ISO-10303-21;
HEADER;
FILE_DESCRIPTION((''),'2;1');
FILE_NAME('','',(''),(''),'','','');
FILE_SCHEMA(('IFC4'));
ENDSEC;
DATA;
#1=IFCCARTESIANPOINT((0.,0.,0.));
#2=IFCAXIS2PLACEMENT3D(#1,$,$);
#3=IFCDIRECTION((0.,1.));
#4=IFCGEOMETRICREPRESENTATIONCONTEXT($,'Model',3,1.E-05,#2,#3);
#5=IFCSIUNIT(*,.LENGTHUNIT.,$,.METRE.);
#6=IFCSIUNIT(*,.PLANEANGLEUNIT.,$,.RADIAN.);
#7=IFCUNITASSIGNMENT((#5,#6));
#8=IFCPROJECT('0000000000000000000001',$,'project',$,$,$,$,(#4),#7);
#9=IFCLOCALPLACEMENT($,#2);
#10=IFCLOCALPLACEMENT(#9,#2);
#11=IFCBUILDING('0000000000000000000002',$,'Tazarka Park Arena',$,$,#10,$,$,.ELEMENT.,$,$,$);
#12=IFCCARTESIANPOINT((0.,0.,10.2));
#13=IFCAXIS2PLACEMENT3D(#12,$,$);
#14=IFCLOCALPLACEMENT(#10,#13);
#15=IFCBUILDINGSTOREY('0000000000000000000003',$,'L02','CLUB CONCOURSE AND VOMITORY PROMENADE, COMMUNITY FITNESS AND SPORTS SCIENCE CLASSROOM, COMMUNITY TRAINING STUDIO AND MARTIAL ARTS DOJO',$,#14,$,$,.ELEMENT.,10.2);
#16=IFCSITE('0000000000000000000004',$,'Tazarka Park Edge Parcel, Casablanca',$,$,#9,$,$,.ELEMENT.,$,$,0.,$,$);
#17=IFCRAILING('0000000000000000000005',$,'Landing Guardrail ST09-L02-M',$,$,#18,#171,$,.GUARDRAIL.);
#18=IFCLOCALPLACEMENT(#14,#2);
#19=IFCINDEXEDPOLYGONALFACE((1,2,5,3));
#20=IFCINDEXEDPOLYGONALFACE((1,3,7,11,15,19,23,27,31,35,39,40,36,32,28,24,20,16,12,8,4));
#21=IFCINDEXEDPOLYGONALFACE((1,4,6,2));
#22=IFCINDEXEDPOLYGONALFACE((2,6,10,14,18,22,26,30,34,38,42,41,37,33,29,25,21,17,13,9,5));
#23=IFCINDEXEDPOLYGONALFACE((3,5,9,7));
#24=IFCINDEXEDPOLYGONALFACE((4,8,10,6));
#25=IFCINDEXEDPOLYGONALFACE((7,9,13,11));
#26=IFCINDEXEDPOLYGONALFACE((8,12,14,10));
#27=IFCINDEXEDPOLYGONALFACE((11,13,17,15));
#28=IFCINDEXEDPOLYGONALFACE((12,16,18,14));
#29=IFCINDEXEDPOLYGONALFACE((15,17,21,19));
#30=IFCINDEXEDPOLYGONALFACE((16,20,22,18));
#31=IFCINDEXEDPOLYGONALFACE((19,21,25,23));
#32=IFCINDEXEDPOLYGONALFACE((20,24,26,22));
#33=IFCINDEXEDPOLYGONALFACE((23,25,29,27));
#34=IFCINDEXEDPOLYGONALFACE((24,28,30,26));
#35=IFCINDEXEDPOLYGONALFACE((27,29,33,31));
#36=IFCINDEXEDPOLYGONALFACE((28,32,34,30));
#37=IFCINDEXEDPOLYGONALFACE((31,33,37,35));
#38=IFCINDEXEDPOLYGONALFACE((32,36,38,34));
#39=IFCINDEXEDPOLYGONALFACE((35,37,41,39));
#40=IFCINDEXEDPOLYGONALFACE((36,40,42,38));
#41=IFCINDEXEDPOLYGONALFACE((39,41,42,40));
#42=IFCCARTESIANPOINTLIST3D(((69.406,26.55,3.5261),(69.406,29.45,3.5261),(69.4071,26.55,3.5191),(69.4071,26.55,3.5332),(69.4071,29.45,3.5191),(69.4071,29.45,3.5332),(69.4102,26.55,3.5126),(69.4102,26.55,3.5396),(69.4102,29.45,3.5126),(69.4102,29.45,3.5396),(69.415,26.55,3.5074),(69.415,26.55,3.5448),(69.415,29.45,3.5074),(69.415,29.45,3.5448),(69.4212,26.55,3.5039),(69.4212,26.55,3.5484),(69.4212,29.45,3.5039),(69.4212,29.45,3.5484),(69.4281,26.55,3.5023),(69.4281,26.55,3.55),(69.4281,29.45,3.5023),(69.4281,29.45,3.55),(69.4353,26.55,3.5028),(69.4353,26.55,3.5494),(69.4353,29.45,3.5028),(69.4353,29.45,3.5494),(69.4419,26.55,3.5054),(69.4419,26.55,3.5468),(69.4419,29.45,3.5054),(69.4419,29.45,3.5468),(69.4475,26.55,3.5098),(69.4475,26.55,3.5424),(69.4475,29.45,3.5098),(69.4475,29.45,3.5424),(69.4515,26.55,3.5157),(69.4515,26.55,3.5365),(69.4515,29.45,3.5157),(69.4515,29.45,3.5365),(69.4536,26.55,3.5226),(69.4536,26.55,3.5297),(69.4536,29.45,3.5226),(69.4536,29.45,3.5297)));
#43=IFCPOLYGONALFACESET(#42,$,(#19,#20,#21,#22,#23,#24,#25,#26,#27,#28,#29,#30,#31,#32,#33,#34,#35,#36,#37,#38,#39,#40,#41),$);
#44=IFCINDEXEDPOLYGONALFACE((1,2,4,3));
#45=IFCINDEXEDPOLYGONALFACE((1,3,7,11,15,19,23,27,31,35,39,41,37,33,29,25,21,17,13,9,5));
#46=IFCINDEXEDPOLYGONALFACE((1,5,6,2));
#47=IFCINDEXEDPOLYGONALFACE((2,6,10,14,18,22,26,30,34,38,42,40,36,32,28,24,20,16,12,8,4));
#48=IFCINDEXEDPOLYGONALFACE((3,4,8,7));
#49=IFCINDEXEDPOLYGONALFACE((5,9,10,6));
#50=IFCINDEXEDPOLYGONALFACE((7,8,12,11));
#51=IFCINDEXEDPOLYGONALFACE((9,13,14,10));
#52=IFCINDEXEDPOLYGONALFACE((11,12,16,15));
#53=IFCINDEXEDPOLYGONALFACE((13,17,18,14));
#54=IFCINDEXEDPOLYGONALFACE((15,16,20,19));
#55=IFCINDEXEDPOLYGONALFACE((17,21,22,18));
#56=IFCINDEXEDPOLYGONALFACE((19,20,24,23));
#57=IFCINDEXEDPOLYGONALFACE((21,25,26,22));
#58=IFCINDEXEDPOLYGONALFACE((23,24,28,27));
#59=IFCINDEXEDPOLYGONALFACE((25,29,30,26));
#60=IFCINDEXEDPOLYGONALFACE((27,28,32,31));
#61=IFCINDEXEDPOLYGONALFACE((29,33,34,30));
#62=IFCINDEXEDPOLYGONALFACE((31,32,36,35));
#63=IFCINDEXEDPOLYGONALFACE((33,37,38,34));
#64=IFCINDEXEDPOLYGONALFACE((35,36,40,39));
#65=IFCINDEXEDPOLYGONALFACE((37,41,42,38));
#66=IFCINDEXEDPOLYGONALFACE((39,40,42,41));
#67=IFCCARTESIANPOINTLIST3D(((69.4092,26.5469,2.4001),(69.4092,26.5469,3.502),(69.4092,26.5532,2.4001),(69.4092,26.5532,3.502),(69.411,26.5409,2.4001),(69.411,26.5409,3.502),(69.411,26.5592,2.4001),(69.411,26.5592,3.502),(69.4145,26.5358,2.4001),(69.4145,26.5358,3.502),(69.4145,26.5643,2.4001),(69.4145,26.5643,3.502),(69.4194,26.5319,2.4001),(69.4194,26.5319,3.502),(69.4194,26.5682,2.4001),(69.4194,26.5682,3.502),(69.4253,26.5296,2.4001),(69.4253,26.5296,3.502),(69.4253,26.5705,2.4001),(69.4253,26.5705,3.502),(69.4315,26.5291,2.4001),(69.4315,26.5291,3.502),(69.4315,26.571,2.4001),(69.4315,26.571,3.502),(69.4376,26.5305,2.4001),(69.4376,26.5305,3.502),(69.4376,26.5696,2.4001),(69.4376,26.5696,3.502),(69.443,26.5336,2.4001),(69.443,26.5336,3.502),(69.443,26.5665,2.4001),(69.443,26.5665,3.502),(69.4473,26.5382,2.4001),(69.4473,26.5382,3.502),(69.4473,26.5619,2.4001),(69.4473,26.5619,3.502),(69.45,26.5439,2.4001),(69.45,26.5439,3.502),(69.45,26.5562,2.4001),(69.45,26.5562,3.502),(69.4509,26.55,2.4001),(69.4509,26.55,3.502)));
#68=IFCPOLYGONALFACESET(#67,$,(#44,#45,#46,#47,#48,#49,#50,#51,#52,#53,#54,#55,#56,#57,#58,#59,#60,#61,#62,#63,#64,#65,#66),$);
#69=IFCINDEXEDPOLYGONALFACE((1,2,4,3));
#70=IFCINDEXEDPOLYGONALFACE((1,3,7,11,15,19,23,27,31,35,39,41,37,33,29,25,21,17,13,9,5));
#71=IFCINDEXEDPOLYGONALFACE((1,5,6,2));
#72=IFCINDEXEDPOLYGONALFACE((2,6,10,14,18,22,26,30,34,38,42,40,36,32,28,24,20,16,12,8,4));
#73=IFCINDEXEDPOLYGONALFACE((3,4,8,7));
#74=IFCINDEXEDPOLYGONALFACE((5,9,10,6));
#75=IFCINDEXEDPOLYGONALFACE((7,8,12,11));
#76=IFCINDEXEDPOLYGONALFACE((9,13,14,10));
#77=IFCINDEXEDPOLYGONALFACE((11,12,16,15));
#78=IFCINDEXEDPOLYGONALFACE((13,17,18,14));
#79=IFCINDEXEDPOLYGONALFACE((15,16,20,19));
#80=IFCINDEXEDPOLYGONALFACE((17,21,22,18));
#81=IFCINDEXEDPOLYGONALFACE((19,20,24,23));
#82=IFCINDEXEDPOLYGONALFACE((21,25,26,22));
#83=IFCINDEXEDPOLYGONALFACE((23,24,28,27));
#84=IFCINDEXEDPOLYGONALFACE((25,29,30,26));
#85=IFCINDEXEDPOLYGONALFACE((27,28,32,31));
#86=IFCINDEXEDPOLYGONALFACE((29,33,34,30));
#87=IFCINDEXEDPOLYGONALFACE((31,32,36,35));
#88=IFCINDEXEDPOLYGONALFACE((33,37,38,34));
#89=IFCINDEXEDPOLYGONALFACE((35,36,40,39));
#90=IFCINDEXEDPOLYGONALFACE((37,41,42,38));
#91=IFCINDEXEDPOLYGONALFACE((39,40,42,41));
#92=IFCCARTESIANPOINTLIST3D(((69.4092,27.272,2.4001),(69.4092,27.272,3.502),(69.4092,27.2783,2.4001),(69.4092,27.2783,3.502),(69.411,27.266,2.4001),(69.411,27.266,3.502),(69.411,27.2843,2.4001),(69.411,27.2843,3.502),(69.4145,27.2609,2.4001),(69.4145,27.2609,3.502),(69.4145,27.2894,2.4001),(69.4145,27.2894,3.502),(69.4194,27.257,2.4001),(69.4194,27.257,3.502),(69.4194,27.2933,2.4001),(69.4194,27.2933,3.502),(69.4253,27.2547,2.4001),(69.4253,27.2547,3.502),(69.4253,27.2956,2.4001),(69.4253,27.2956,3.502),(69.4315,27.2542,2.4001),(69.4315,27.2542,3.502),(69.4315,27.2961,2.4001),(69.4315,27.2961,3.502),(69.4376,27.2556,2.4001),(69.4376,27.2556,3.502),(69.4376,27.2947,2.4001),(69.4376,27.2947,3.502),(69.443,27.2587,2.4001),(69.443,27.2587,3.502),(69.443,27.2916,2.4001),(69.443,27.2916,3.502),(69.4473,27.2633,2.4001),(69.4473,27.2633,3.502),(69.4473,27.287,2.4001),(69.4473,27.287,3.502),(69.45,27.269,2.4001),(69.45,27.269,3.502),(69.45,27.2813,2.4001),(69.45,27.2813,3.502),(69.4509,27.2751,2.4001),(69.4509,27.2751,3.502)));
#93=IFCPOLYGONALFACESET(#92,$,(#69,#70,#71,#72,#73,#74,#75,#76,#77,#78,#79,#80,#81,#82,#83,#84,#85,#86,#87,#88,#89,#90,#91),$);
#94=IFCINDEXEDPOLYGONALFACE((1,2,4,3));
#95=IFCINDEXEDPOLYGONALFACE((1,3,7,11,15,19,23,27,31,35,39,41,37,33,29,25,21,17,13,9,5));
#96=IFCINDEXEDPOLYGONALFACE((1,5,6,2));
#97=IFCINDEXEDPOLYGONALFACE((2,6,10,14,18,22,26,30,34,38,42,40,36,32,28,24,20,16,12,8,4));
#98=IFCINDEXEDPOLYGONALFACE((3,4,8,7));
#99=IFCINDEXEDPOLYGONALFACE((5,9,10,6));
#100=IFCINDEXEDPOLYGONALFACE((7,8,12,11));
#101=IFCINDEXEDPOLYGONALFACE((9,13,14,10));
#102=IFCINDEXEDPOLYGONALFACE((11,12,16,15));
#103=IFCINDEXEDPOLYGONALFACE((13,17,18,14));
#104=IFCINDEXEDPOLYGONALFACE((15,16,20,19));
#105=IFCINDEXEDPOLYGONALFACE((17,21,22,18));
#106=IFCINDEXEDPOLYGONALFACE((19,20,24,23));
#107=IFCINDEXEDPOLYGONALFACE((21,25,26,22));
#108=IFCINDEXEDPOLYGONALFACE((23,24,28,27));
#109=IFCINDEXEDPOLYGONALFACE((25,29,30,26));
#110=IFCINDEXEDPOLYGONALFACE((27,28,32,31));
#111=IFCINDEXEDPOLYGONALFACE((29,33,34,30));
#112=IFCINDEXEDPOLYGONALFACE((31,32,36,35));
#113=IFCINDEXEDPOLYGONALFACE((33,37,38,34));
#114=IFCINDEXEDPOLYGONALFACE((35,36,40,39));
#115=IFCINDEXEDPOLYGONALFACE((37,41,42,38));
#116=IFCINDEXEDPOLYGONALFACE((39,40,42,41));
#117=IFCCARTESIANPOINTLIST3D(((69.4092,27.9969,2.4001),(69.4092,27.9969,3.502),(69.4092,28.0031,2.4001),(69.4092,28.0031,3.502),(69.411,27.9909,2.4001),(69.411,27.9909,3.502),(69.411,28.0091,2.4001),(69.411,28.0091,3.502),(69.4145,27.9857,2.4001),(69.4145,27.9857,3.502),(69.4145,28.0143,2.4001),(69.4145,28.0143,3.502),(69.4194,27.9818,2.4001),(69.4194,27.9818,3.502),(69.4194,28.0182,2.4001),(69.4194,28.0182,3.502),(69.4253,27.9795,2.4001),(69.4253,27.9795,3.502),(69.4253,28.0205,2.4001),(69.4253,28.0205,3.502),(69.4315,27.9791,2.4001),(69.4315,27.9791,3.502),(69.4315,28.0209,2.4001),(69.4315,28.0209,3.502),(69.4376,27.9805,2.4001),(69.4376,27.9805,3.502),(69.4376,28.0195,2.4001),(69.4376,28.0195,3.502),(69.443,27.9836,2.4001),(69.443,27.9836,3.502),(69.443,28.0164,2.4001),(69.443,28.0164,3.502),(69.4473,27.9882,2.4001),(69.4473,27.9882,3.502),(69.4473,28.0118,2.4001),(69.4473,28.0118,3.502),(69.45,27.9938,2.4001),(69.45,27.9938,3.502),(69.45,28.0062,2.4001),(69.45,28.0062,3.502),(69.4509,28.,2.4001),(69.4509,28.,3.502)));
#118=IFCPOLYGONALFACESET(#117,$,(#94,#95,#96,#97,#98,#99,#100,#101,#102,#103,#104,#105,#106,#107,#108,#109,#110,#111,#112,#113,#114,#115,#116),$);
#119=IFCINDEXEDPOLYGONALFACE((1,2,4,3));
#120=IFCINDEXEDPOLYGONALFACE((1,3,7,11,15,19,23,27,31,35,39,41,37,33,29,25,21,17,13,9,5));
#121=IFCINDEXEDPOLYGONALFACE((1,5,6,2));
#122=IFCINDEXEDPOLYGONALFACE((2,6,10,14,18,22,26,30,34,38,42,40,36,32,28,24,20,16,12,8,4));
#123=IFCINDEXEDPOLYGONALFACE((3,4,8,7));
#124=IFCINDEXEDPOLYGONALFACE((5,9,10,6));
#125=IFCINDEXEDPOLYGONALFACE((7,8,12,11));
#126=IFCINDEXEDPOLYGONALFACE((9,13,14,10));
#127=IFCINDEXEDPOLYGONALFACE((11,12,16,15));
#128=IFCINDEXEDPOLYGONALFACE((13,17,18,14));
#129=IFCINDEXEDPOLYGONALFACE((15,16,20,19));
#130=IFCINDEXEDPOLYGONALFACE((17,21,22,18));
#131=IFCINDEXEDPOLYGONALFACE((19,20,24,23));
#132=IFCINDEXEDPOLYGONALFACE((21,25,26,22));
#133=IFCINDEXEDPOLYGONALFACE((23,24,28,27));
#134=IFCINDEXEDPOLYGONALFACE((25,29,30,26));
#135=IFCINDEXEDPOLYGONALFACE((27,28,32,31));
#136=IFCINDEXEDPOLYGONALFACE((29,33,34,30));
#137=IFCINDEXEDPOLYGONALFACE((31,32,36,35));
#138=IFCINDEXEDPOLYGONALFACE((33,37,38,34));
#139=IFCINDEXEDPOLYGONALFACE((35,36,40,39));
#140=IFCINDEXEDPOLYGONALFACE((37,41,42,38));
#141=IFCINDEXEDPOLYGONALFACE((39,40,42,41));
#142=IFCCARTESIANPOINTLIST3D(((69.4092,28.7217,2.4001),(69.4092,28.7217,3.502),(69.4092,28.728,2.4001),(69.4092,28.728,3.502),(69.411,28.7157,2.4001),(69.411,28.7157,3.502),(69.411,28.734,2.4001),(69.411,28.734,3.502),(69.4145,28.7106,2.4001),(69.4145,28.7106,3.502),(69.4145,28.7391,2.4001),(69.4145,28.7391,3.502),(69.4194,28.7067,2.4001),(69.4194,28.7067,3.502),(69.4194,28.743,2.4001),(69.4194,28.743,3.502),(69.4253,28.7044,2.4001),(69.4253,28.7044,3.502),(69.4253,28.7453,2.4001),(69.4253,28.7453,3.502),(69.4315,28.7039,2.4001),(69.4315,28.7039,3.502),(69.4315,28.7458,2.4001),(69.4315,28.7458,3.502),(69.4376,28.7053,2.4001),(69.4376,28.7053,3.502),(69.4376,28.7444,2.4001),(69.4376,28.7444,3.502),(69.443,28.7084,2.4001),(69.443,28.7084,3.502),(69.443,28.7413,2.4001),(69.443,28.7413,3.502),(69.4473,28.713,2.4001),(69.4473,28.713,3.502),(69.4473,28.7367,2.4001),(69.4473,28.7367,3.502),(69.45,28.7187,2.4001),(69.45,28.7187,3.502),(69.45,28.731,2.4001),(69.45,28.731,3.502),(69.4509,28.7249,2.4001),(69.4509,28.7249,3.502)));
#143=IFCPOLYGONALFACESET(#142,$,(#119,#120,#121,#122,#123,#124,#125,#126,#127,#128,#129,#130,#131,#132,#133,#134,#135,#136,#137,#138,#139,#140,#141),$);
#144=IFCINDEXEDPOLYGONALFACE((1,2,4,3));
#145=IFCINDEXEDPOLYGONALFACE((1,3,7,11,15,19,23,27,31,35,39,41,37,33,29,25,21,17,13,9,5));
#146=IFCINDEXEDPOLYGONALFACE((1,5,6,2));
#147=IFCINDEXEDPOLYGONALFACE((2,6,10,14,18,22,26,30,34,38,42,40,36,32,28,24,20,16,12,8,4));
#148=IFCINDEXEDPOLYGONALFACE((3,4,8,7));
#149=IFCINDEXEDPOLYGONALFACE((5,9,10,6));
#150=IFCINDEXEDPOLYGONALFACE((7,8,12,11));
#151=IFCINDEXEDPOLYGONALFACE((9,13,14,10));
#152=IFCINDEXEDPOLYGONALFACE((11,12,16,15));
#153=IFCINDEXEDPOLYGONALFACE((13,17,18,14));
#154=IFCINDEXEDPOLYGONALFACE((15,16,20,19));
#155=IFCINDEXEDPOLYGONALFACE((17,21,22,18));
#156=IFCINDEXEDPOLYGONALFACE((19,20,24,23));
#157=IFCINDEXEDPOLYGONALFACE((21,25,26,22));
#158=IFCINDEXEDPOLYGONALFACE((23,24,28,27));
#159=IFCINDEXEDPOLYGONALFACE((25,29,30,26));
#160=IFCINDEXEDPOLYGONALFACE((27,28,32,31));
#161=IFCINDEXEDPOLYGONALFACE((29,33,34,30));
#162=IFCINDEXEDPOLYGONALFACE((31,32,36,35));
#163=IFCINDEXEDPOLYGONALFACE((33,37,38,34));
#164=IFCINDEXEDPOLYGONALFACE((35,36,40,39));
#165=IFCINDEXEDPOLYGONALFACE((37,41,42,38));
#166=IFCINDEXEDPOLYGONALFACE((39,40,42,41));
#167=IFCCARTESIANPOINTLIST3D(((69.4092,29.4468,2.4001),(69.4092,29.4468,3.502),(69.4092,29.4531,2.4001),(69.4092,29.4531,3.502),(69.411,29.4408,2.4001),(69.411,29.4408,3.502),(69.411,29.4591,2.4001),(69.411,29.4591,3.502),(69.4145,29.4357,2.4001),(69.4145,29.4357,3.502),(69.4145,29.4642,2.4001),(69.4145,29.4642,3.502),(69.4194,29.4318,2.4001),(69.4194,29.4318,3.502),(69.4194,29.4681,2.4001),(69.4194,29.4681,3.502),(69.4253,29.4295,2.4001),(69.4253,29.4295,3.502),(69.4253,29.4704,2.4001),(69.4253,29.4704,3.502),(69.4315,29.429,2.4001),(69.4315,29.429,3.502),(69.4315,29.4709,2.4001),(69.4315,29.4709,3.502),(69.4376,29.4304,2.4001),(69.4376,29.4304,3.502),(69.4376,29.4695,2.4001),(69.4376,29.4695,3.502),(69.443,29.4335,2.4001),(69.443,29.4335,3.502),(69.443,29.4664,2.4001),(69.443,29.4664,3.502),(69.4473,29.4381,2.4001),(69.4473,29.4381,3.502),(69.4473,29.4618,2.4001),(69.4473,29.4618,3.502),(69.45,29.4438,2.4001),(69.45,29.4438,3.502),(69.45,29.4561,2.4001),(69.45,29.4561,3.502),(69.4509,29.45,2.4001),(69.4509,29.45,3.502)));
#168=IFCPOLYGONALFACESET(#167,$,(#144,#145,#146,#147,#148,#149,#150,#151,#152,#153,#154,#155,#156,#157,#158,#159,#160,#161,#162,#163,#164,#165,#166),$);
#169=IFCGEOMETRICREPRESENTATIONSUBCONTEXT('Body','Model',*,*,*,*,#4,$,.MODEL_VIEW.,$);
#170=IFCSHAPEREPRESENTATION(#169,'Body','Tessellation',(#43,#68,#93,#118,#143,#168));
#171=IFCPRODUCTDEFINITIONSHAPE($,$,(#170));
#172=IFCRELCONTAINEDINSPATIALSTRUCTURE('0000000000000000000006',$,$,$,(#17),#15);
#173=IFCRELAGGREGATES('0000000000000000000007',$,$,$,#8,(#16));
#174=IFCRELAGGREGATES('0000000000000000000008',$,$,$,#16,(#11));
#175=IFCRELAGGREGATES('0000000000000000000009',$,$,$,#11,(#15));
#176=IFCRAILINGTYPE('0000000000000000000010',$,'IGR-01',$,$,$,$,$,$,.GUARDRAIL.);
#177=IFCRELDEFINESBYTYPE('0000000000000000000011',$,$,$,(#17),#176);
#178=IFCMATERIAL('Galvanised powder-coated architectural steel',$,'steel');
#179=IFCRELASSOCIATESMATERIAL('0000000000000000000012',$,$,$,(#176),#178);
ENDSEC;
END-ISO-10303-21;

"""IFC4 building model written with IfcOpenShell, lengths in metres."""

from ifc_helpers import new_model, si_unit, direction, frame, origin, origin_2d, place, context, subcontext, project, spatial, circle, extrude, material, type_object, element, save


model = new_model("IFC4")

# Units and contexts
model_context = context("Model", 3, precision=1e-05, world=origin(), true_north=direction((0.0, 1.0)))
body_context = subcontext(model_context, "Body", "Model", "MODEL_VIEW")
ifc_project = project(units=[si_unit("LENGTHUNIT", "METRE"), si_unit("PLANEANGLEUNIT", "RADIAN")], contexts=[model_context])

# Site, building, storey
site_placement = place(None, origin())
site = spatial("IfcSite", under=ifc_project, at=site_placement, Name="Tazarka Park Edge Parcel, Casablanca", CompositionType="ELEMENT", RefElevation=0.0)
building_placement = place(site_placement, origin())
building = spatial("IfcBuilding", under=site, at=building_placement, Name="Tazarka Park Arena", CompositionType="ELEMENT")
storey_placement = place(building_placement, frame((0.0, 0.0, 10.2)))
storey = spatial("IfcBuildingStorey", under=building, at=storey_placement, Name="L02", Description="CLUB CONCOURSE AND VOMITORY PROMENADE, COMMUNITY FITNESS AND SPORTS SCIENCE CLASSROOM, COMMUNITY TRAINING STUDIO AND MARTIAL ARTS DOJO", CompositionType="ELEMENT", Elevation=10.2)

# Railing
ifc_material_1 = material(Name="Galvanised powder-coated architectural steel", Category="steel")
railing_type_1 = type_object("IfcRailingType", Name="IGR-01", PredefinedType="GUARDRAIL", material=ifc_material_1)
for number, where, name in (
    (1, (69.4299, 26.55, 2.4001), "Landing Guardrail ST09-L02-M"),
):
    element("IfcRailing", number, at=place(storey_placement, frame(where)), inside=storey, type_object=railing_type_1, Name=name, PredefinedType="GUARDRAIL", context=body_context, shape_type="SweptSolid", body=[
        extrude(circle(Radius=0.0239, at=origin_2d()), frame((0.0, 0.0, 1.126), z_axis=(0.0, 1.0, 0.0), x_axis=(-1.0, 0.0, 0.0)), (0.0, 0.0, 1.0), 2.8999),
        extrude(circle(Radius=0.021, at=origin_2d()), origin(), (0.0, 0.0, 1.0), 1.1018),
        extrude(circle(Radius=0.021, at=origin_2d()), frame((0.0, 0.7251, 0.0)), (0.0, 0.0, 1.0), 1.1018),
        extrude(circle(Radius=0.021, at=origin_2d()), frame((0.0, 1.45, 0.0)), (0.0, 0.0, 1.0), 1.1018),
        extrude(circle(Radius=0.021, at=origin_2d()), frame((0.0, 2.1748, 0.0)), (0.0, 0.0, 1.0), 1.1018),
        extrude(circle(Radius=0.021, at=origin_2d()), frame((0.0, 2.8999, 0.0)), (0.0, 0.0, 1.0), 1.1018),
    ])

save(model, "model.ifc")
